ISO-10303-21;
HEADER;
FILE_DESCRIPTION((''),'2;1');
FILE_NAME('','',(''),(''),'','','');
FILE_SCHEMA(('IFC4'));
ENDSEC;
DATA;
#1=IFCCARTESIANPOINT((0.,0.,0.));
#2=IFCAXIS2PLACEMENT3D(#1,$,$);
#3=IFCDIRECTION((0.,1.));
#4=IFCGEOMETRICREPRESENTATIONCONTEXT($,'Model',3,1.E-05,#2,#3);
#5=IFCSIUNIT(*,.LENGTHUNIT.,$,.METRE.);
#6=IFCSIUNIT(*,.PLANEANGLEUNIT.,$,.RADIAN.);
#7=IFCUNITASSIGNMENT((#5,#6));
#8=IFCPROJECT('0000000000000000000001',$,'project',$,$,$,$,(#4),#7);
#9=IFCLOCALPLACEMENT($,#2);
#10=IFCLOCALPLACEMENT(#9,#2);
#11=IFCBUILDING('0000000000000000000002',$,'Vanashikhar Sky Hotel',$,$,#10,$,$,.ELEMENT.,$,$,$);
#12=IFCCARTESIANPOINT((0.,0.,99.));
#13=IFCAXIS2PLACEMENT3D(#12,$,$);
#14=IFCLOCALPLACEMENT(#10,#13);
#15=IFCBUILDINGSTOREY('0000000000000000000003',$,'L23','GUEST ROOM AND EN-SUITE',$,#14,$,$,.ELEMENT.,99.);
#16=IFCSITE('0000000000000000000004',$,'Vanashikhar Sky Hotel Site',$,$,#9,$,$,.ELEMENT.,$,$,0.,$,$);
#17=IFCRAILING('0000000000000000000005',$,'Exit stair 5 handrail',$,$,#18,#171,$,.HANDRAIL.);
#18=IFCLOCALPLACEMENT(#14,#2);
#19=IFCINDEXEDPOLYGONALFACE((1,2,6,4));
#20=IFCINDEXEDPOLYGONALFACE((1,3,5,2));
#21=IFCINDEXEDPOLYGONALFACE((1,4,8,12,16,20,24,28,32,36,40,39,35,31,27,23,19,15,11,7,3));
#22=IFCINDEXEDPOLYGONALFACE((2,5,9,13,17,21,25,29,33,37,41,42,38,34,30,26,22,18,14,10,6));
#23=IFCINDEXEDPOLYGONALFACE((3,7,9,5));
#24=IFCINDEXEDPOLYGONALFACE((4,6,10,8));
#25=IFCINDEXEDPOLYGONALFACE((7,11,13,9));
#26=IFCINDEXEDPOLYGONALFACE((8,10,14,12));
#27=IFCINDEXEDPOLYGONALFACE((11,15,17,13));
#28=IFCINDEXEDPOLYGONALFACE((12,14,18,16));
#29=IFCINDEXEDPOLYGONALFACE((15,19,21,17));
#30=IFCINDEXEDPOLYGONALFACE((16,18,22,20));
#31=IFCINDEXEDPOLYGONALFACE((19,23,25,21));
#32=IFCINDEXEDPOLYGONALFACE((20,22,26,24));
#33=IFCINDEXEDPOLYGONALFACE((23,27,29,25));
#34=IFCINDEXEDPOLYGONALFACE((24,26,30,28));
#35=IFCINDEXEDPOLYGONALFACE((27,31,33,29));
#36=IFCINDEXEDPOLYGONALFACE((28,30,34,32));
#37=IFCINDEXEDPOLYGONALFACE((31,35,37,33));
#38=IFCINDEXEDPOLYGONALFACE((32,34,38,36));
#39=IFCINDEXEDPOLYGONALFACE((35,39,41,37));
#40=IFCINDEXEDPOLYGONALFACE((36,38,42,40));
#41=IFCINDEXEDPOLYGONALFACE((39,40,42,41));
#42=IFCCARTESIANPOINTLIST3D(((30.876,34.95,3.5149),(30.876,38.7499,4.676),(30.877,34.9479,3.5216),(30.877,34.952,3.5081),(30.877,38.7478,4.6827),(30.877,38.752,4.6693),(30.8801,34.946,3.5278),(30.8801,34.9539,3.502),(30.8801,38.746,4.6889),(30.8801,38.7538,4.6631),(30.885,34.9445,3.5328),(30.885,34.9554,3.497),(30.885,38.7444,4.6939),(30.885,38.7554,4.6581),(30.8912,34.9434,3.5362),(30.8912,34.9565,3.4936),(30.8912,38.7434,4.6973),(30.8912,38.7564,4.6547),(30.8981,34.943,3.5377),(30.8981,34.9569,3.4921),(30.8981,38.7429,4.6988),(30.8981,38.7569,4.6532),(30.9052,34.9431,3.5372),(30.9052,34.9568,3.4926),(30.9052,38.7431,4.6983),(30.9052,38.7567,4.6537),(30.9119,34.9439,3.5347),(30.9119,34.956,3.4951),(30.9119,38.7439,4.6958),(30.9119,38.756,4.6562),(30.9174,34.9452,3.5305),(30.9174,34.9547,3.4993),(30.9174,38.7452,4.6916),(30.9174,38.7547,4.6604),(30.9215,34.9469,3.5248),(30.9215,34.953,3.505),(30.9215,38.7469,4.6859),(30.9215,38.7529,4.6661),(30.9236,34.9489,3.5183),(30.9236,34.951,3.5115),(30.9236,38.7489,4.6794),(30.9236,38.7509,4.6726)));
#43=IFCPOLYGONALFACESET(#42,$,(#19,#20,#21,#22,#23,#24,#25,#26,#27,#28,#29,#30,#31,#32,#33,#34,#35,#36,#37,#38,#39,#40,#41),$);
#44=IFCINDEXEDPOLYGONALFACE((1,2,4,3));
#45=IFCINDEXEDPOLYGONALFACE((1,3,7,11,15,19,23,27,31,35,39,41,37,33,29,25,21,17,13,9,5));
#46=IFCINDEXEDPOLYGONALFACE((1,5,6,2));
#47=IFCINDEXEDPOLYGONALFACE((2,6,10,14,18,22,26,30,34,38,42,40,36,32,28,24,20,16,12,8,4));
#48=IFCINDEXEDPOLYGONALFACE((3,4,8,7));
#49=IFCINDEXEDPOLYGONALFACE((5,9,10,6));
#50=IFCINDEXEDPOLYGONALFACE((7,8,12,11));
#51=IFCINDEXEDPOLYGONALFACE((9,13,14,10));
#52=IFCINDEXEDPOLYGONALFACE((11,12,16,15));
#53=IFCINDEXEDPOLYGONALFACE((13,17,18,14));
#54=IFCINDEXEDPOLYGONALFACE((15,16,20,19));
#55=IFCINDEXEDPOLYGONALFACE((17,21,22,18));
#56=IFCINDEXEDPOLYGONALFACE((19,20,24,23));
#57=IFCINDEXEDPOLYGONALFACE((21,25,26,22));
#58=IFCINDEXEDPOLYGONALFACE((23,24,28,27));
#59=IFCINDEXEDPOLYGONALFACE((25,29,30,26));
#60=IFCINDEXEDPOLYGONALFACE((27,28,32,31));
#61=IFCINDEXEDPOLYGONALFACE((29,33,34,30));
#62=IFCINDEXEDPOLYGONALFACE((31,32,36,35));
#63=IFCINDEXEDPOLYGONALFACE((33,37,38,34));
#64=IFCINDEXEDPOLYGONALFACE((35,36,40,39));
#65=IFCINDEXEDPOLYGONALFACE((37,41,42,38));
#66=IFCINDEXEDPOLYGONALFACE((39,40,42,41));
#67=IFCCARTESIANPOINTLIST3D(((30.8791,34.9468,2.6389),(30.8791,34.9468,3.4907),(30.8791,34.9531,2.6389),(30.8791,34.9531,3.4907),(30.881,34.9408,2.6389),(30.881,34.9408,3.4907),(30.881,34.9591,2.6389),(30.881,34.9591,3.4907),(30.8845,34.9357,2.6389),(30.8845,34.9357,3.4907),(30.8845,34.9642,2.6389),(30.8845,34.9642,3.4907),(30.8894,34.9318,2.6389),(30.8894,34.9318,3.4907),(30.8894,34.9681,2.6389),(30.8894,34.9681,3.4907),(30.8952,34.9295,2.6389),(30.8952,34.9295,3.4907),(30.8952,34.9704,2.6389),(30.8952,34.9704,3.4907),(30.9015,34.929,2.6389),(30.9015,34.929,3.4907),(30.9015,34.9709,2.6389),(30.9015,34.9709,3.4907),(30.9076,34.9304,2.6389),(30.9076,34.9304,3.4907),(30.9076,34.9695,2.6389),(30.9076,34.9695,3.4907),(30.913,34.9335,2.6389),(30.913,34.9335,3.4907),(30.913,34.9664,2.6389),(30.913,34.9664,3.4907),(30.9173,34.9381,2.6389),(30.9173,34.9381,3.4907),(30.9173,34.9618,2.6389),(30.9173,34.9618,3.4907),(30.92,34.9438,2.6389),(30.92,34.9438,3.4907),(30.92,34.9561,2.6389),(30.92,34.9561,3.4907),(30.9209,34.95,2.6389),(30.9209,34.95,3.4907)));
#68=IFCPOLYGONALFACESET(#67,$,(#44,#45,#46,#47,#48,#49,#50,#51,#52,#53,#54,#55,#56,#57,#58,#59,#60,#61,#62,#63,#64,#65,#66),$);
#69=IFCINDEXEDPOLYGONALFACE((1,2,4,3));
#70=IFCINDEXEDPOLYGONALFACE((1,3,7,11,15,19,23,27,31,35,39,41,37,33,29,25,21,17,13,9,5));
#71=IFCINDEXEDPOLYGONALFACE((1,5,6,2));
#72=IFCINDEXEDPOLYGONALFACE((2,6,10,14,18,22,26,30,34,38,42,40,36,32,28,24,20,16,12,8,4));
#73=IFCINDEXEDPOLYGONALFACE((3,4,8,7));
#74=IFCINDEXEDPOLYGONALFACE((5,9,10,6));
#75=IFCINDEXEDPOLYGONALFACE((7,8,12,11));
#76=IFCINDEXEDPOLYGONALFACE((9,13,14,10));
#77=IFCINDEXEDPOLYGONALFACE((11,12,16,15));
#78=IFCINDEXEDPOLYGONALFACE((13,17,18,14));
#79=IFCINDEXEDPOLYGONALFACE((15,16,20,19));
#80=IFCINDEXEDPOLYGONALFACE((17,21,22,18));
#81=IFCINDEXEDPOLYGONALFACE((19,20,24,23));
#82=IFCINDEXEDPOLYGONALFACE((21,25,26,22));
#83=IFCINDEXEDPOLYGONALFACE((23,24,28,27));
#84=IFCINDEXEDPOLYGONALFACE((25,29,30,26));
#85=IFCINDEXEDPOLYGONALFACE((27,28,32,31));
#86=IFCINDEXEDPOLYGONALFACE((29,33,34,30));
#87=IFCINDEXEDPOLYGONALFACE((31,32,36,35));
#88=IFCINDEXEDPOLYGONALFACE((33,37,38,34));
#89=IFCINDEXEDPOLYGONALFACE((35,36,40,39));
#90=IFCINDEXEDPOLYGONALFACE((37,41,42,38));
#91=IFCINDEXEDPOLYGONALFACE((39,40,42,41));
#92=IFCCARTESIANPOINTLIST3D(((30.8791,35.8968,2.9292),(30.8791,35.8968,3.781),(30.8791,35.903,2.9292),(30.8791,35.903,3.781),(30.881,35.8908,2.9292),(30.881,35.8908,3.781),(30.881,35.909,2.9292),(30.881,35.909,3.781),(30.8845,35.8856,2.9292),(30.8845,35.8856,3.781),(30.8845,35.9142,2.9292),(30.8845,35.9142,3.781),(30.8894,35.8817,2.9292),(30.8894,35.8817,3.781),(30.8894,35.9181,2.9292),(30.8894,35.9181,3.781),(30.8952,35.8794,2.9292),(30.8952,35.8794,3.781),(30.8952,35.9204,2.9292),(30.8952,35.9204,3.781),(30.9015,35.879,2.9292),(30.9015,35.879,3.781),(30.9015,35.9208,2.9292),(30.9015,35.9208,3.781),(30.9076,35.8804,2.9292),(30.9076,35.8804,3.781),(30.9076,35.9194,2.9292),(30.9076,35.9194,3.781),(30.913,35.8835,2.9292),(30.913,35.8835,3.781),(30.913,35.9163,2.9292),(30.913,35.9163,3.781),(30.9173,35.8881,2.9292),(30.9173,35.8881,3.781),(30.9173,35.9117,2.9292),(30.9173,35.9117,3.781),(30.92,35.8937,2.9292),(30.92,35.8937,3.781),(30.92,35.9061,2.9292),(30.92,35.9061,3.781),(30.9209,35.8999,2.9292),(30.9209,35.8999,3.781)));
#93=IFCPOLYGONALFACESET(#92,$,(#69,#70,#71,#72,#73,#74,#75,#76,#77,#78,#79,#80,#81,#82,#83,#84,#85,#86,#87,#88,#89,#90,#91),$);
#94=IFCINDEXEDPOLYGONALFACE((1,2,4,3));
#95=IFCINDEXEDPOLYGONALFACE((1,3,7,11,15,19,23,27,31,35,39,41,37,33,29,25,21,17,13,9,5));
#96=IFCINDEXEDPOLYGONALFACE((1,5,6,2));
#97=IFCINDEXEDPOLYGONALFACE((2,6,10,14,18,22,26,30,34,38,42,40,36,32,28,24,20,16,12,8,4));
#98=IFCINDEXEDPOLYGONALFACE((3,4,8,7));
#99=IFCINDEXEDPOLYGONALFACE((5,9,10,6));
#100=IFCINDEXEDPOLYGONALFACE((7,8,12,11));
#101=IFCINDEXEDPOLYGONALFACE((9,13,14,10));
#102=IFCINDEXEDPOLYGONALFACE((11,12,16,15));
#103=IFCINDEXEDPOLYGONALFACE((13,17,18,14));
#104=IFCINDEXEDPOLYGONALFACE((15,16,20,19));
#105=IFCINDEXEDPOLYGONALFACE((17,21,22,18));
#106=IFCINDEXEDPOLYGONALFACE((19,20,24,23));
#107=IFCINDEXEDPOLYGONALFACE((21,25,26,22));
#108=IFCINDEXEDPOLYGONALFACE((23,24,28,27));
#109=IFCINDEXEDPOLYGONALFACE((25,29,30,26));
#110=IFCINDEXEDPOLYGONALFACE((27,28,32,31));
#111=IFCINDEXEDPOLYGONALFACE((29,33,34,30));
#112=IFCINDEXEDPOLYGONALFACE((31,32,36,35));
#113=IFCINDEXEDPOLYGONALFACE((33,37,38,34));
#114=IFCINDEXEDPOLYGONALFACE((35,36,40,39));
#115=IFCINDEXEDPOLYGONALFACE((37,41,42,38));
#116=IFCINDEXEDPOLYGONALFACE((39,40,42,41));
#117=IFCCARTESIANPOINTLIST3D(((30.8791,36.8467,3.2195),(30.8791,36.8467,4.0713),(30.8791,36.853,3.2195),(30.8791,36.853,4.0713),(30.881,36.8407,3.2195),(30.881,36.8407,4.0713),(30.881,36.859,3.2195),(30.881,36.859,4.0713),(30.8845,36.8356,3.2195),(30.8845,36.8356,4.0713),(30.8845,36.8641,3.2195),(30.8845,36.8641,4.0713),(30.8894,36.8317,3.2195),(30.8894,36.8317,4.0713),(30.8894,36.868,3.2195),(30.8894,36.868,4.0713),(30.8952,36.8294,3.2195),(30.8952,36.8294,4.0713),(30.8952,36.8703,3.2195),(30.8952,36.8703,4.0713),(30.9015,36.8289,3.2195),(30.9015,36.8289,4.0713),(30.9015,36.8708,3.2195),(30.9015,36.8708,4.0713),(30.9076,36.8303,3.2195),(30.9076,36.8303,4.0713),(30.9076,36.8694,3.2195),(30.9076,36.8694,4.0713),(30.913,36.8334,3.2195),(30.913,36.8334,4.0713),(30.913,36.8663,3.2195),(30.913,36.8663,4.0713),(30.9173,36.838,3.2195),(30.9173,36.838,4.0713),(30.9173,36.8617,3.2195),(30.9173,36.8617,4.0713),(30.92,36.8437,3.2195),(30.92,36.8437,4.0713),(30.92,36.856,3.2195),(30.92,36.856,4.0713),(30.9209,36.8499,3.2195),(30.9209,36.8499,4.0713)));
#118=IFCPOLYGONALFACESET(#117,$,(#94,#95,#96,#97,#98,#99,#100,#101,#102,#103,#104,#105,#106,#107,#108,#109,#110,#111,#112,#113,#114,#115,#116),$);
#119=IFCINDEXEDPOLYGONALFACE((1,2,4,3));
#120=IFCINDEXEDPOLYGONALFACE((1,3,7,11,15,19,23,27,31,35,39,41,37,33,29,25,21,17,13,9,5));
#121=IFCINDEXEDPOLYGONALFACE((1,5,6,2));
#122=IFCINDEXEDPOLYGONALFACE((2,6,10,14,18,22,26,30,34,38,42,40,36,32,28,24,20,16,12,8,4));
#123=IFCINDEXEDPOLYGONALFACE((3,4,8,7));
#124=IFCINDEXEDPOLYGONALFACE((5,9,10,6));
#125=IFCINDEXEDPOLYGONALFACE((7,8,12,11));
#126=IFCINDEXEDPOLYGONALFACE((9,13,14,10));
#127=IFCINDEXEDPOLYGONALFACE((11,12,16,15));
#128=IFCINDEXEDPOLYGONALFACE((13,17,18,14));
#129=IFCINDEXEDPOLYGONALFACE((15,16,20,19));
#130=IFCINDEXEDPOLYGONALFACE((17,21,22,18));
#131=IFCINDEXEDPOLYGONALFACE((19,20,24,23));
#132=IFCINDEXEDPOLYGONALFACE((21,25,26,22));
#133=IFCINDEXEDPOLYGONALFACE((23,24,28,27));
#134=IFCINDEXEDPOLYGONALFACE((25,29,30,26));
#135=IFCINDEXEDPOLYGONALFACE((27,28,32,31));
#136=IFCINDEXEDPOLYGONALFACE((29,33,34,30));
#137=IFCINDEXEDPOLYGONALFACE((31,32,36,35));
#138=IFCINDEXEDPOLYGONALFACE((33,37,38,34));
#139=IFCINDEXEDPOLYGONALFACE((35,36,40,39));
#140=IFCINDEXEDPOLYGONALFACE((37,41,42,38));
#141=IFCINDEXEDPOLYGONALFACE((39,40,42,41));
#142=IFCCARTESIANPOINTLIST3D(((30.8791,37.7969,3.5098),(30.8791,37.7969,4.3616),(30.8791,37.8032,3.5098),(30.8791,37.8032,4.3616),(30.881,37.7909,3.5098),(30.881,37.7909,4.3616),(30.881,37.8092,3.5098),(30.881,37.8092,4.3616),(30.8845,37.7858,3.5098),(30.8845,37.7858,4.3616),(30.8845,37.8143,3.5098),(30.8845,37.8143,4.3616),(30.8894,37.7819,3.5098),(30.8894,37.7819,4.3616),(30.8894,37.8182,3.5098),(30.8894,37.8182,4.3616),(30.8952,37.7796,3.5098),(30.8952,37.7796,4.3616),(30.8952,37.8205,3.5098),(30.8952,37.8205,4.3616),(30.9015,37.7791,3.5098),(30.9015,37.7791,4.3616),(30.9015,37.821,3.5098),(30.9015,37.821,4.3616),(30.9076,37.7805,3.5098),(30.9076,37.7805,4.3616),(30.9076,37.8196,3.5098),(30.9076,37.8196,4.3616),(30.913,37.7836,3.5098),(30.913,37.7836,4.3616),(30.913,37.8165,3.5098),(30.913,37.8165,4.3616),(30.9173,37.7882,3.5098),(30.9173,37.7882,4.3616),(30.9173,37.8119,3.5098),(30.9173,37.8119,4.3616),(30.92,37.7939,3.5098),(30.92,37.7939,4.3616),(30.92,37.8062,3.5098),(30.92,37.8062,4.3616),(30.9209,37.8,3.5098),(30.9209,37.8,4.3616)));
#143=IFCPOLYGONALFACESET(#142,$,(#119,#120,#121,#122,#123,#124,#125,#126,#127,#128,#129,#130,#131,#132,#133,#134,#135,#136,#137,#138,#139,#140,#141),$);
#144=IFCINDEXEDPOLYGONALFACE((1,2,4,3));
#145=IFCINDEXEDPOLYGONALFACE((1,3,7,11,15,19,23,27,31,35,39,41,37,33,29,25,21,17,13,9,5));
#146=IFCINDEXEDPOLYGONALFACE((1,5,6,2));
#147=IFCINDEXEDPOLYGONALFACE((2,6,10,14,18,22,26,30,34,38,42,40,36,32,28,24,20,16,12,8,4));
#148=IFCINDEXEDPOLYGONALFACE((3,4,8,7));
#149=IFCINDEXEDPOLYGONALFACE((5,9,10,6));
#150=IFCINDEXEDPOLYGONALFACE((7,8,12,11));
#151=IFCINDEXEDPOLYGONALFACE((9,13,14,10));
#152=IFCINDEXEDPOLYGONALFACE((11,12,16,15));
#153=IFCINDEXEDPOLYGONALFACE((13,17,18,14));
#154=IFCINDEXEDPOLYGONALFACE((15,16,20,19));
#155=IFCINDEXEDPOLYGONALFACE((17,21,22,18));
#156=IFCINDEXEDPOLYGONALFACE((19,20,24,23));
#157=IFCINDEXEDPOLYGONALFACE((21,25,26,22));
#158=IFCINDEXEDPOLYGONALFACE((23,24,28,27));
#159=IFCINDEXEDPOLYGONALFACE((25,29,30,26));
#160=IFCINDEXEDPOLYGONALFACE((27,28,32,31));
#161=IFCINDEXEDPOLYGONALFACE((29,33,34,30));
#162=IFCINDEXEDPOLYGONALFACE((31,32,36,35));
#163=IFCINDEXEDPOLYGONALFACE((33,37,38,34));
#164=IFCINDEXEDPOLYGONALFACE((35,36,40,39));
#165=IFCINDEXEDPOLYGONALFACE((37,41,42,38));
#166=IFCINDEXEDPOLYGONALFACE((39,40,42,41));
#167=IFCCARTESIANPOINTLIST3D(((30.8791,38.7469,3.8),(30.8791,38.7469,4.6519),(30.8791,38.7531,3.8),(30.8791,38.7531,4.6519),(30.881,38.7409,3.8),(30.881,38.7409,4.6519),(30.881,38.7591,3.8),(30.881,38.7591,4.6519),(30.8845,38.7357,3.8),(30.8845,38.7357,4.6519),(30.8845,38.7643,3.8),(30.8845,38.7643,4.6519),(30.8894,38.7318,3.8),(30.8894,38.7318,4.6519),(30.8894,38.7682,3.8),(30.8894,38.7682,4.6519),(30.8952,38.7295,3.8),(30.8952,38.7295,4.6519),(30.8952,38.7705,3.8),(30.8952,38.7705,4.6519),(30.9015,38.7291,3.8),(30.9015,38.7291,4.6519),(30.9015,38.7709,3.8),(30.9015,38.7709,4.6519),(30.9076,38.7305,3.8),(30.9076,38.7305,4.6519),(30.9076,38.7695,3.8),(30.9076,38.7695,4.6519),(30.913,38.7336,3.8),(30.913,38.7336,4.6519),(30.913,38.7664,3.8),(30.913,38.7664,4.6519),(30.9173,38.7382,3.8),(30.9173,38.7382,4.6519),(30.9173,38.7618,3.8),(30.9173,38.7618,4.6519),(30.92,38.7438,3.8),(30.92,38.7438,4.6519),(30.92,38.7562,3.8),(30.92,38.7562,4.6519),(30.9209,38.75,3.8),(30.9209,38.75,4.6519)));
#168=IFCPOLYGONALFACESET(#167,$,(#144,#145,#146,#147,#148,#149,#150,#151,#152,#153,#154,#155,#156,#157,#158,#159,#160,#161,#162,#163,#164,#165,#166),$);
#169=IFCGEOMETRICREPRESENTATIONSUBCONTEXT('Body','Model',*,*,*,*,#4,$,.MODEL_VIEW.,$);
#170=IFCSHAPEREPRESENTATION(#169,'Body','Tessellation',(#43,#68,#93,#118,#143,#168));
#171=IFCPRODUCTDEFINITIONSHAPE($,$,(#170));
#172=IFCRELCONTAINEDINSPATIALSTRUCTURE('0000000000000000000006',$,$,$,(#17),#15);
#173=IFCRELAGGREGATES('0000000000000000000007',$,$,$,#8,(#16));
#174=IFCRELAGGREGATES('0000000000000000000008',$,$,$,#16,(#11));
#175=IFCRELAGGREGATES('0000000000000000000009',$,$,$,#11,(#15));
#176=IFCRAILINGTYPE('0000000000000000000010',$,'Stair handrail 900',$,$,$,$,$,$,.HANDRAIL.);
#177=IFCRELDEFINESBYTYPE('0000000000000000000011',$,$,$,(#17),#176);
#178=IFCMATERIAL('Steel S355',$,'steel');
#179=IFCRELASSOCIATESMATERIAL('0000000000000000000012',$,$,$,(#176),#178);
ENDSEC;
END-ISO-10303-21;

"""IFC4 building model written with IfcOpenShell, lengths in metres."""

from ifc_helpers import new_model, si_unit, direction, frame, origin, origin_2d, place, context, subcontext, project, spatial, circle, extrude, source, transform, mapped, material, type_object, element, save


model = new_model("IFC4")

# Units and contexts
model_context = context("Model", 3, precision=1e-05, world=origin(), true_north=direction((0.0, 1.0)))
body_context = subcontext(model_context, "Body", "Model", "MODEL_VIEW")
ifc_project = project(units=[si_unit("LENGTHUNIT", "METRE"), si_unit("PLANEANGLEUNIT", "RADIAN")], contexts=[model_context])

# Site, building, storey
site_placement = place(None, origin())
site = spatial("IfcSite", under=ifc_project, at=site_placement, Name="Vanashikhar Sky Hotel Site", CompositionType="ELEMENT", RefElevation=0.0)
building_placement = place(site_placement, origin())
building = spatial("IfcBuilding", under=site, at=building_placement, Name="Vanashikhar Sky Hotel", CompositionType="ELEMENT")
storey_placement = place(building_placement, frame((0.0, 0.0, 99.0)))
storey = spatial("IfcBuildingStorey", under=building, at=storey_placement, Name="L23", Description="GUEST ROOM AND EN-SUITE", CompositionType="ELEMENT", Elevation=99.0)

# Railing
ifc_material_1 = material(Name="Steel S355", Category="steel")
railing_type = type_object("IfcRailingType", Name="Stair handrail 900", PredefinedType="HANDRAIL", material=ifc_material_1)
shared_shape_1 = source(origin(), body_context, "Body", "SweptSolid", [
    extrude(circle(Radius=0.0239, at=origin_2d()), frame((0.0, 0.0, 0.876), z_axis=(0.0, 0.956351, 0.29222), x_axis=(-1.0, 0.0, 0.0)), (0.0, 0.0, 1.0), 3.9734),
    extrude(circle(Radius=0.021, at=origin_2d()), origin(), (0.0, 0.0, 1.0), 0.8518),
    extrude(circle(Radius=0.021, at=origin_2d()), frame((0.0, 0.95, 0.2903)), (0.0, 0.0, 1.0), 0.8518),
    extrude(circle(Radius=0.021, at=origin_2d()), frame((0.0, 1.8999, 0.5806)), (0.0, 0.0, 1.0), 0.8518),
    extrude(circle(Radius=0.021, at=origin_2d()), frame((0.0, 2.8501, 0.8708)), (0.0, 0.0, 1.0), 0.8518),
    extrude(circle(Radius=0.021, at=origin_2d()), frame((0.0, 3.8, 1.1611)), (0.0, 0.0, 1.0), 0.8518),
])
for number, where, name in (
    (1, (30.8999, 34.95, 2.6389), "Exit stair 5 handrail"),
):
    element("IfcRailing", number, at=place(storey_placement, frame(where)), inside=storey, type_object=railing_type, Name=name, PredefinedType="HANDRAIL", context=body_context, shape_type="MappedRepresentation", body=[
        mapped(shared_shape_1, transform((0.0, 0.0, 0.0), scale=1.0)),
    ])

save(model, "model.ifc")
